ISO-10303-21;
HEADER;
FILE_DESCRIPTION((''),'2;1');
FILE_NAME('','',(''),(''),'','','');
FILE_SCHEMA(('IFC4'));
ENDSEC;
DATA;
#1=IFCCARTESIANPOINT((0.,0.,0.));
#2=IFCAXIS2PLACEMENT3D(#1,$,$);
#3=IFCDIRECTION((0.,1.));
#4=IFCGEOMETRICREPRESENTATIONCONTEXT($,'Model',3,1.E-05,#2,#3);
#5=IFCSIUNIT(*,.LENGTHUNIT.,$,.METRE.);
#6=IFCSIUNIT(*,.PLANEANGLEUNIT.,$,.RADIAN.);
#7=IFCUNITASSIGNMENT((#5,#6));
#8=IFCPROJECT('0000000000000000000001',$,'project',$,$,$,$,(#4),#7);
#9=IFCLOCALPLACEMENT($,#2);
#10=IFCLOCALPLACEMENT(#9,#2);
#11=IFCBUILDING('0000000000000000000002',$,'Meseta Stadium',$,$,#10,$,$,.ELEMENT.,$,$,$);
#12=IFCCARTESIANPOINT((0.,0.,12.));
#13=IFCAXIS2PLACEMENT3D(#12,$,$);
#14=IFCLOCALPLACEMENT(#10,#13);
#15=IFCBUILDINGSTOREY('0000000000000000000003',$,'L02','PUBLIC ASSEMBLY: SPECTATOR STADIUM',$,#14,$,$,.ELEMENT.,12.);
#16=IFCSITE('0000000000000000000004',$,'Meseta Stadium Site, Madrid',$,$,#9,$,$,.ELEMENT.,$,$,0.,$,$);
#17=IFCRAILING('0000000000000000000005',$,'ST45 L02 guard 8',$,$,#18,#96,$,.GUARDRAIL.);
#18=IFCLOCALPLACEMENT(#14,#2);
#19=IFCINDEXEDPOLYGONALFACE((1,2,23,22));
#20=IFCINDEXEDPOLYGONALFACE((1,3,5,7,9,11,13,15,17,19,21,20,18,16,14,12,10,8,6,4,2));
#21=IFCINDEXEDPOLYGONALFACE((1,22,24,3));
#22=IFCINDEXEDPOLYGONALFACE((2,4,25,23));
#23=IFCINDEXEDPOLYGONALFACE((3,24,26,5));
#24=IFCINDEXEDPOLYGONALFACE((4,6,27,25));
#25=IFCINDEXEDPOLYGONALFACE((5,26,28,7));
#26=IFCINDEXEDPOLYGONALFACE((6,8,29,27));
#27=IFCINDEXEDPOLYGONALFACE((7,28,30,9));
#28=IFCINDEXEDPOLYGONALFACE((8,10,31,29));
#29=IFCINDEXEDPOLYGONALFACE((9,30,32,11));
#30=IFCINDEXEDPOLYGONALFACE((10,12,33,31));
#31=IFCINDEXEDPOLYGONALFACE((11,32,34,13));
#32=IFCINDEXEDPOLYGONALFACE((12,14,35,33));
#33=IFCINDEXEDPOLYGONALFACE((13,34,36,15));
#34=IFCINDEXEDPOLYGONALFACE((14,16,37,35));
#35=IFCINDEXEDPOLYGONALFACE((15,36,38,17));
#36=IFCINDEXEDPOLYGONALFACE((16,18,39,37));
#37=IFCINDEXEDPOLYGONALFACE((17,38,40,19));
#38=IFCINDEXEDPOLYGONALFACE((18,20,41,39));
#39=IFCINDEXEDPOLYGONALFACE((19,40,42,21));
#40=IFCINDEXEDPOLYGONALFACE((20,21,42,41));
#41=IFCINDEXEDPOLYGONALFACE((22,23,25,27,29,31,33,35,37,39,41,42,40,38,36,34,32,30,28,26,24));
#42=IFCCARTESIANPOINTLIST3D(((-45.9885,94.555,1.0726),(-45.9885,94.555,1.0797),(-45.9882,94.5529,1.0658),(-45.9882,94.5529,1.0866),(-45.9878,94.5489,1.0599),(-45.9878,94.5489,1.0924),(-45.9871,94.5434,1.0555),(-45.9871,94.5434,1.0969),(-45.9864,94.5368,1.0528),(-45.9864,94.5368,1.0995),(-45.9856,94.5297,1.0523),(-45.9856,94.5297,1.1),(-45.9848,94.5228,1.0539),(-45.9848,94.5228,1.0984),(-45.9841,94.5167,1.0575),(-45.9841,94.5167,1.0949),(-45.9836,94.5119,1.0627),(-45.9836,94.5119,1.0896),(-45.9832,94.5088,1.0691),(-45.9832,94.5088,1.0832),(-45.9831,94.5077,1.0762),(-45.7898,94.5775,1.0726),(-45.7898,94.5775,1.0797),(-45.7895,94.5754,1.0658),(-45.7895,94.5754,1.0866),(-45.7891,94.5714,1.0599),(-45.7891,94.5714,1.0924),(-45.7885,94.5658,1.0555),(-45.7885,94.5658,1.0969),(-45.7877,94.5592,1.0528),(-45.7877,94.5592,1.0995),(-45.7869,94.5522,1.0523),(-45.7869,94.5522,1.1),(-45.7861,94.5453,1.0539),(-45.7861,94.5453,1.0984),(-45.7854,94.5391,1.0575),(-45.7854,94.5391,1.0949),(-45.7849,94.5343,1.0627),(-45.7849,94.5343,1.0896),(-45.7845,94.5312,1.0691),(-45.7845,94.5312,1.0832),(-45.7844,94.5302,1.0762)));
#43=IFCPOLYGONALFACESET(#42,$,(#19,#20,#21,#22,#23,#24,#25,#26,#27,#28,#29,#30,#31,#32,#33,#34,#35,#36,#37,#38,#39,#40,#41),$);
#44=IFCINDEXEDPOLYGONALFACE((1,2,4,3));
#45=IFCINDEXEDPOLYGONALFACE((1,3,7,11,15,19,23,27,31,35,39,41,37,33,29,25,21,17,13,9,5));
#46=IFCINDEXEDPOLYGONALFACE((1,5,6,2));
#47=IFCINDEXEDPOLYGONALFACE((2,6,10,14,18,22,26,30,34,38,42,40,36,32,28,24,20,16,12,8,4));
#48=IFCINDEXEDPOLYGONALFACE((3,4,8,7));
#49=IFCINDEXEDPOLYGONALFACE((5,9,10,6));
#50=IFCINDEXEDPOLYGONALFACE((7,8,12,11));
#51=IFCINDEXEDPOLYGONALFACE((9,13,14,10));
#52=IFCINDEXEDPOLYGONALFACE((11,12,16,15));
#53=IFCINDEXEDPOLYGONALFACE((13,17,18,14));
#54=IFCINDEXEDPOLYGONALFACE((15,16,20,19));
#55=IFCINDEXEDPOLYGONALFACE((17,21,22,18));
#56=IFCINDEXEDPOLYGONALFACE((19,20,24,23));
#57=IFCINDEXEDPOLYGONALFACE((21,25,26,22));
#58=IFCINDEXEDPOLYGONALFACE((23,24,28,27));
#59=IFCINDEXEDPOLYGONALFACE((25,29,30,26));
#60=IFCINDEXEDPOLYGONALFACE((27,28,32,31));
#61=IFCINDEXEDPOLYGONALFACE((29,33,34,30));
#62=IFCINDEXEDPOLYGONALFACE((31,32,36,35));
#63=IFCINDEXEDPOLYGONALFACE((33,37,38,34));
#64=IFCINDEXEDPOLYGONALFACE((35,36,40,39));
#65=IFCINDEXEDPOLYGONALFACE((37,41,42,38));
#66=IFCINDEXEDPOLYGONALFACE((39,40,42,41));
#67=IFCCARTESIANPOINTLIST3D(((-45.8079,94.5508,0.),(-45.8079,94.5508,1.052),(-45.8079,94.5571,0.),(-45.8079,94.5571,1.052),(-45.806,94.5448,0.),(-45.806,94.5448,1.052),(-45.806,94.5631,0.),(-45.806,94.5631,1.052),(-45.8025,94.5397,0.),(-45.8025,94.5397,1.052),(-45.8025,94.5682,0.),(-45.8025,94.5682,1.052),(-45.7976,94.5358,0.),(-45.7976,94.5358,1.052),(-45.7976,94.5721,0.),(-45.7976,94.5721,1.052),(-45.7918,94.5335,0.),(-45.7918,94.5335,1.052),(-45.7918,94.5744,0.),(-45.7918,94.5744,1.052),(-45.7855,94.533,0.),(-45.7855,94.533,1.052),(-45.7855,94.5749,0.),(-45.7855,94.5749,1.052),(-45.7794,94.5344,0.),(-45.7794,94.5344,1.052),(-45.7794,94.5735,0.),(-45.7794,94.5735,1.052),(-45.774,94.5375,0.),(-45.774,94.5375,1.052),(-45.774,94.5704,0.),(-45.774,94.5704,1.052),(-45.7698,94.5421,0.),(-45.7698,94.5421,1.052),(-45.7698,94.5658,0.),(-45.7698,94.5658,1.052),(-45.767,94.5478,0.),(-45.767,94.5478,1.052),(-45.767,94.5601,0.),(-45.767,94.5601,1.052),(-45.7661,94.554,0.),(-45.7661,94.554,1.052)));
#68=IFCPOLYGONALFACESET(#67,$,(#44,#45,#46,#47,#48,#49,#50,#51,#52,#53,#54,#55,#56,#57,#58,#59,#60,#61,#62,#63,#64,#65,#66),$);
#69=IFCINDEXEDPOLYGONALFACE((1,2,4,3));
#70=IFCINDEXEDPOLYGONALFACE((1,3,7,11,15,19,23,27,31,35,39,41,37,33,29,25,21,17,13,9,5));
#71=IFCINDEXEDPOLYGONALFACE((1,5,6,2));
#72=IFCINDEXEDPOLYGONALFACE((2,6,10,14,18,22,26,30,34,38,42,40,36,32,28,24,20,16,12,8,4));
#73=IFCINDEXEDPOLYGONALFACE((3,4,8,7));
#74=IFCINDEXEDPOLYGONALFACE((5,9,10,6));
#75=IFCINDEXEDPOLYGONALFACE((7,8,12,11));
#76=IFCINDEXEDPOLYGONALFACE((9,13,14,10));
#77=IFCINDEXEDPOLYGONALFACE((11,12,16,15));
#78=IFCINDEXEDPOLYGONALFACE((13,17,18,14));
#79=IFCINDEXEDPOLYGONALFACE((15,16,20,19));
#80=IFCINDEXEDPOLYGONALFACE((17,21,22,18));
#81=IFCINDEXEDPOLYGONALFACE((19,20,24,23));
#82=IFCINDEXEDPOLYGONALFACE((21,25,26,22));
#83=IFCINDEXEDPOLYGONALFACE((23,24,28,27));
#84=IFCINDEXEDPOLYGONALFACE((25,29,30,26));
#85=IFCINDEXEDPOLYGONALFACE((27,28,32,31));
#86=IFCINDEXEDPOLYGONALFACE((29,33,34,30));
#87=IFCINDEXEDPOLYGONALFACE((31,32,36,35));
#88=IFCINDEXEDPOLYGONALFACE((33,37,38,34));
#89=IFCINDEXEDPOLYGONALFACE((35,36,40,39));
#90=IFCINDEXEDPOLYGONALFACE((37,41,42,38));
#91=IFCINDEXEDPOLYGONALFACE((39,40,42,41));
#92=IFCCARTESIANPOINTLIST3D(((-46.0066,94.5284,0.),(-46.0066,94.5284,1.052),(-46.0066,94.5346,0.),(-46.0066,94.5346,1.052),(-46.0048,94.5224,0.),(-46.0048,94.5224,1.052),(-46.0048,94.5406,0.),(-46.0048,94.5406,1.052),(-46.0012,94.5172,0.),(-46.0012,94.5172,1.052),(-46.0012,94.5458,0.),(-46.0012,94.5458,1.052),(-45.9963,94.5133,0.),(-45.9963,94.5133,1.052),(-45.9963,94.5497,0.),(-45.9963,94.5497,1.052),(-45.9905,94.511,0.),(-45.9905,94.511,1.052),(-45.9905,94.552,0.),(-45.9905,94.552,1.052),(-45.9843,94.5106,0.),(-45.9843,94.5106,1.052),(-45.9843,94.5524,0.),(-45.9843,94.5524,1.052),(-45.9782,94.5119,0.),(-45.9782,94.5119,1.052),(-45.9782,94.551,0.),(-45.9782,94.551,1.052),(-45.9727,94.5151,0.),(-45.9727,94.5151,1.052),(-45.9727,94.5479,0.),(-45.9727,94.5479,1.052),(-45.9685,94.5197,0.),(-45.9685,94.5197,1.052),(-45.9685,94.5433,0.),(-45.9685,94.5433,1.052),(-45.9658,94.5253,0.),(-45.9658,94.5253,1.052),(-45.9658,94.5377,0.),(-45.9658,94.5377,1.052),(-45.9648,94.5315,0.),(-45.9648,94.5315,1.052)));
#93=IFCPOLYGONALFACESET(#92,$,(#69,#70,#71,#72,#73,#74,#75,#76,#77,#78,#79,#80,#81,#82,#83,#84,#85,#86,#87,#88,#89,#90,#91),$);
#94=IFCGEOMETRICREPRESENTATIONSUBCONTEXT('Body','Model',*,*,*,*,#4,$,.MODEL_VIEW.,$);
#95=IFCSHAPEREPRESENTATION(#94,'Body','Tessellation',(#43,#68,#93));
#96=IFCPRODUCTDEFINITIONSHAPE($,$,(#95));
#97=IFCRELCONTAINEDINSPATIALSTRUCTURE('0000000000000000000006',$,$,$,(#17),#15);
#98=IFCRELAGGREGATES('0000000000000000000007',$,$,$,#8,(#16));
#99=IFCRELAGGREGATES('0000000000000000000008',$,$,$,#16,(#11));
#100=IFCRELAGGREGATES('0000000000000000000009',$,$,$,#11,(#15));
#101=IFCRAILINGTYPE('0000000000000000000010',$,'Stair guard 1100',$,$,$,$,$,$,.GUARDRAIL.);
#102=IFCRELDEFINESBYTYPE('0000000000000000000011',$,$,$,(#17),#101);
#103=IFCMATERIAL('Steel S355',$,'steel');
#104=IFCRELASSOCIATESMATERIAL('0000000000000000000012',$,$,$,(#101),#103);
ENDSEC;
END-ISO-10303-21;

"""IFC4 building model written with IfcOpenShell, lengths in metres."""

from ifc_helpers import new_model, si_unit, direction, frame, origin, origin_2d, place, context, subcontext, project, spatial, circle, extrude, material, type_object, element, save


model = new_model("IFC4")

# Units and contexts
model_context = context("Model", 3, precision=1e-05, world=origin(), true_north=direction((0.0, 1.0)))
body_context = subcontext(model_context, "Body", "Model", "MODEL_VIEW")
ifc_project = project(units=[si_unit("LENGTHUNIT", "METRE"), si_unit("PLANEANGLEUNIT", "RADIAN")], contexts=[model_context])

# Site, building, storey
site_placement = place(None, origin())
site = spatial("IfcSite", under=ifc_project, at=site_placement, Name="Meseta Stadium Site, Madrid", CompositionType="ELEMENT", RefElevation=0.0)
building_placement = place(site_placement, origin())
building = spatial("IfcBuilding", under=site, at=building_placement, Name="Meseta Stadium", CompositionType="ELEMENT")
storey_placement = place(building_placement, frame((0.0, 0.0, 12.0)))
storey = spatial("IfcBuildingStorey", under=building, at=storey_placement, Name="L02", Description="PUBLIC ASSEMBLY: SPECTATOR STADIUM", CompositionType="ELEMENT", Elevation=12.0)

# Railing
ifc_material_1 = material(Name="Steel S355", Category="steel")
railing_type_1 = type_object("IfcRailingType", Name="Stair guard 1100", PredefinedType="GUARDRAIL", material=ifc_material_1)
railing_1_placement = place(storey_placement, frame((-45.7871, 94.554, 0.0)))
element("IfcRailing", 1, at=railing_1_placement, inside=storey, type_object=railing_type_1, Name="ST45 L02 guard 8", PredefinedType="GUARDRAIL", context=body_context, shape_type="SweptSolid", body=[
    extrude(circle(Radius=0.0239, at=origin_2d()), frame((0.0, 0.0, 1.0762), z_axis=(-0.993674, -0.112307, 0.0), x_axis=(0.112307, -0.993674, 0.0)), (0.0, 0.0, 1.0), 0.2),
    extrude(circle(Radius=0.021, at=origin_2d()), origin(), (0.0, 0.0, 1.0), 1.052),
    extrude(circle(Radius=0.021, at=origin_2d()), frame((-0.1987, -0.0225, 0.0)), (0.0, 0.0, 1.0), 1.052),
])

save(model, "model.ifc")
